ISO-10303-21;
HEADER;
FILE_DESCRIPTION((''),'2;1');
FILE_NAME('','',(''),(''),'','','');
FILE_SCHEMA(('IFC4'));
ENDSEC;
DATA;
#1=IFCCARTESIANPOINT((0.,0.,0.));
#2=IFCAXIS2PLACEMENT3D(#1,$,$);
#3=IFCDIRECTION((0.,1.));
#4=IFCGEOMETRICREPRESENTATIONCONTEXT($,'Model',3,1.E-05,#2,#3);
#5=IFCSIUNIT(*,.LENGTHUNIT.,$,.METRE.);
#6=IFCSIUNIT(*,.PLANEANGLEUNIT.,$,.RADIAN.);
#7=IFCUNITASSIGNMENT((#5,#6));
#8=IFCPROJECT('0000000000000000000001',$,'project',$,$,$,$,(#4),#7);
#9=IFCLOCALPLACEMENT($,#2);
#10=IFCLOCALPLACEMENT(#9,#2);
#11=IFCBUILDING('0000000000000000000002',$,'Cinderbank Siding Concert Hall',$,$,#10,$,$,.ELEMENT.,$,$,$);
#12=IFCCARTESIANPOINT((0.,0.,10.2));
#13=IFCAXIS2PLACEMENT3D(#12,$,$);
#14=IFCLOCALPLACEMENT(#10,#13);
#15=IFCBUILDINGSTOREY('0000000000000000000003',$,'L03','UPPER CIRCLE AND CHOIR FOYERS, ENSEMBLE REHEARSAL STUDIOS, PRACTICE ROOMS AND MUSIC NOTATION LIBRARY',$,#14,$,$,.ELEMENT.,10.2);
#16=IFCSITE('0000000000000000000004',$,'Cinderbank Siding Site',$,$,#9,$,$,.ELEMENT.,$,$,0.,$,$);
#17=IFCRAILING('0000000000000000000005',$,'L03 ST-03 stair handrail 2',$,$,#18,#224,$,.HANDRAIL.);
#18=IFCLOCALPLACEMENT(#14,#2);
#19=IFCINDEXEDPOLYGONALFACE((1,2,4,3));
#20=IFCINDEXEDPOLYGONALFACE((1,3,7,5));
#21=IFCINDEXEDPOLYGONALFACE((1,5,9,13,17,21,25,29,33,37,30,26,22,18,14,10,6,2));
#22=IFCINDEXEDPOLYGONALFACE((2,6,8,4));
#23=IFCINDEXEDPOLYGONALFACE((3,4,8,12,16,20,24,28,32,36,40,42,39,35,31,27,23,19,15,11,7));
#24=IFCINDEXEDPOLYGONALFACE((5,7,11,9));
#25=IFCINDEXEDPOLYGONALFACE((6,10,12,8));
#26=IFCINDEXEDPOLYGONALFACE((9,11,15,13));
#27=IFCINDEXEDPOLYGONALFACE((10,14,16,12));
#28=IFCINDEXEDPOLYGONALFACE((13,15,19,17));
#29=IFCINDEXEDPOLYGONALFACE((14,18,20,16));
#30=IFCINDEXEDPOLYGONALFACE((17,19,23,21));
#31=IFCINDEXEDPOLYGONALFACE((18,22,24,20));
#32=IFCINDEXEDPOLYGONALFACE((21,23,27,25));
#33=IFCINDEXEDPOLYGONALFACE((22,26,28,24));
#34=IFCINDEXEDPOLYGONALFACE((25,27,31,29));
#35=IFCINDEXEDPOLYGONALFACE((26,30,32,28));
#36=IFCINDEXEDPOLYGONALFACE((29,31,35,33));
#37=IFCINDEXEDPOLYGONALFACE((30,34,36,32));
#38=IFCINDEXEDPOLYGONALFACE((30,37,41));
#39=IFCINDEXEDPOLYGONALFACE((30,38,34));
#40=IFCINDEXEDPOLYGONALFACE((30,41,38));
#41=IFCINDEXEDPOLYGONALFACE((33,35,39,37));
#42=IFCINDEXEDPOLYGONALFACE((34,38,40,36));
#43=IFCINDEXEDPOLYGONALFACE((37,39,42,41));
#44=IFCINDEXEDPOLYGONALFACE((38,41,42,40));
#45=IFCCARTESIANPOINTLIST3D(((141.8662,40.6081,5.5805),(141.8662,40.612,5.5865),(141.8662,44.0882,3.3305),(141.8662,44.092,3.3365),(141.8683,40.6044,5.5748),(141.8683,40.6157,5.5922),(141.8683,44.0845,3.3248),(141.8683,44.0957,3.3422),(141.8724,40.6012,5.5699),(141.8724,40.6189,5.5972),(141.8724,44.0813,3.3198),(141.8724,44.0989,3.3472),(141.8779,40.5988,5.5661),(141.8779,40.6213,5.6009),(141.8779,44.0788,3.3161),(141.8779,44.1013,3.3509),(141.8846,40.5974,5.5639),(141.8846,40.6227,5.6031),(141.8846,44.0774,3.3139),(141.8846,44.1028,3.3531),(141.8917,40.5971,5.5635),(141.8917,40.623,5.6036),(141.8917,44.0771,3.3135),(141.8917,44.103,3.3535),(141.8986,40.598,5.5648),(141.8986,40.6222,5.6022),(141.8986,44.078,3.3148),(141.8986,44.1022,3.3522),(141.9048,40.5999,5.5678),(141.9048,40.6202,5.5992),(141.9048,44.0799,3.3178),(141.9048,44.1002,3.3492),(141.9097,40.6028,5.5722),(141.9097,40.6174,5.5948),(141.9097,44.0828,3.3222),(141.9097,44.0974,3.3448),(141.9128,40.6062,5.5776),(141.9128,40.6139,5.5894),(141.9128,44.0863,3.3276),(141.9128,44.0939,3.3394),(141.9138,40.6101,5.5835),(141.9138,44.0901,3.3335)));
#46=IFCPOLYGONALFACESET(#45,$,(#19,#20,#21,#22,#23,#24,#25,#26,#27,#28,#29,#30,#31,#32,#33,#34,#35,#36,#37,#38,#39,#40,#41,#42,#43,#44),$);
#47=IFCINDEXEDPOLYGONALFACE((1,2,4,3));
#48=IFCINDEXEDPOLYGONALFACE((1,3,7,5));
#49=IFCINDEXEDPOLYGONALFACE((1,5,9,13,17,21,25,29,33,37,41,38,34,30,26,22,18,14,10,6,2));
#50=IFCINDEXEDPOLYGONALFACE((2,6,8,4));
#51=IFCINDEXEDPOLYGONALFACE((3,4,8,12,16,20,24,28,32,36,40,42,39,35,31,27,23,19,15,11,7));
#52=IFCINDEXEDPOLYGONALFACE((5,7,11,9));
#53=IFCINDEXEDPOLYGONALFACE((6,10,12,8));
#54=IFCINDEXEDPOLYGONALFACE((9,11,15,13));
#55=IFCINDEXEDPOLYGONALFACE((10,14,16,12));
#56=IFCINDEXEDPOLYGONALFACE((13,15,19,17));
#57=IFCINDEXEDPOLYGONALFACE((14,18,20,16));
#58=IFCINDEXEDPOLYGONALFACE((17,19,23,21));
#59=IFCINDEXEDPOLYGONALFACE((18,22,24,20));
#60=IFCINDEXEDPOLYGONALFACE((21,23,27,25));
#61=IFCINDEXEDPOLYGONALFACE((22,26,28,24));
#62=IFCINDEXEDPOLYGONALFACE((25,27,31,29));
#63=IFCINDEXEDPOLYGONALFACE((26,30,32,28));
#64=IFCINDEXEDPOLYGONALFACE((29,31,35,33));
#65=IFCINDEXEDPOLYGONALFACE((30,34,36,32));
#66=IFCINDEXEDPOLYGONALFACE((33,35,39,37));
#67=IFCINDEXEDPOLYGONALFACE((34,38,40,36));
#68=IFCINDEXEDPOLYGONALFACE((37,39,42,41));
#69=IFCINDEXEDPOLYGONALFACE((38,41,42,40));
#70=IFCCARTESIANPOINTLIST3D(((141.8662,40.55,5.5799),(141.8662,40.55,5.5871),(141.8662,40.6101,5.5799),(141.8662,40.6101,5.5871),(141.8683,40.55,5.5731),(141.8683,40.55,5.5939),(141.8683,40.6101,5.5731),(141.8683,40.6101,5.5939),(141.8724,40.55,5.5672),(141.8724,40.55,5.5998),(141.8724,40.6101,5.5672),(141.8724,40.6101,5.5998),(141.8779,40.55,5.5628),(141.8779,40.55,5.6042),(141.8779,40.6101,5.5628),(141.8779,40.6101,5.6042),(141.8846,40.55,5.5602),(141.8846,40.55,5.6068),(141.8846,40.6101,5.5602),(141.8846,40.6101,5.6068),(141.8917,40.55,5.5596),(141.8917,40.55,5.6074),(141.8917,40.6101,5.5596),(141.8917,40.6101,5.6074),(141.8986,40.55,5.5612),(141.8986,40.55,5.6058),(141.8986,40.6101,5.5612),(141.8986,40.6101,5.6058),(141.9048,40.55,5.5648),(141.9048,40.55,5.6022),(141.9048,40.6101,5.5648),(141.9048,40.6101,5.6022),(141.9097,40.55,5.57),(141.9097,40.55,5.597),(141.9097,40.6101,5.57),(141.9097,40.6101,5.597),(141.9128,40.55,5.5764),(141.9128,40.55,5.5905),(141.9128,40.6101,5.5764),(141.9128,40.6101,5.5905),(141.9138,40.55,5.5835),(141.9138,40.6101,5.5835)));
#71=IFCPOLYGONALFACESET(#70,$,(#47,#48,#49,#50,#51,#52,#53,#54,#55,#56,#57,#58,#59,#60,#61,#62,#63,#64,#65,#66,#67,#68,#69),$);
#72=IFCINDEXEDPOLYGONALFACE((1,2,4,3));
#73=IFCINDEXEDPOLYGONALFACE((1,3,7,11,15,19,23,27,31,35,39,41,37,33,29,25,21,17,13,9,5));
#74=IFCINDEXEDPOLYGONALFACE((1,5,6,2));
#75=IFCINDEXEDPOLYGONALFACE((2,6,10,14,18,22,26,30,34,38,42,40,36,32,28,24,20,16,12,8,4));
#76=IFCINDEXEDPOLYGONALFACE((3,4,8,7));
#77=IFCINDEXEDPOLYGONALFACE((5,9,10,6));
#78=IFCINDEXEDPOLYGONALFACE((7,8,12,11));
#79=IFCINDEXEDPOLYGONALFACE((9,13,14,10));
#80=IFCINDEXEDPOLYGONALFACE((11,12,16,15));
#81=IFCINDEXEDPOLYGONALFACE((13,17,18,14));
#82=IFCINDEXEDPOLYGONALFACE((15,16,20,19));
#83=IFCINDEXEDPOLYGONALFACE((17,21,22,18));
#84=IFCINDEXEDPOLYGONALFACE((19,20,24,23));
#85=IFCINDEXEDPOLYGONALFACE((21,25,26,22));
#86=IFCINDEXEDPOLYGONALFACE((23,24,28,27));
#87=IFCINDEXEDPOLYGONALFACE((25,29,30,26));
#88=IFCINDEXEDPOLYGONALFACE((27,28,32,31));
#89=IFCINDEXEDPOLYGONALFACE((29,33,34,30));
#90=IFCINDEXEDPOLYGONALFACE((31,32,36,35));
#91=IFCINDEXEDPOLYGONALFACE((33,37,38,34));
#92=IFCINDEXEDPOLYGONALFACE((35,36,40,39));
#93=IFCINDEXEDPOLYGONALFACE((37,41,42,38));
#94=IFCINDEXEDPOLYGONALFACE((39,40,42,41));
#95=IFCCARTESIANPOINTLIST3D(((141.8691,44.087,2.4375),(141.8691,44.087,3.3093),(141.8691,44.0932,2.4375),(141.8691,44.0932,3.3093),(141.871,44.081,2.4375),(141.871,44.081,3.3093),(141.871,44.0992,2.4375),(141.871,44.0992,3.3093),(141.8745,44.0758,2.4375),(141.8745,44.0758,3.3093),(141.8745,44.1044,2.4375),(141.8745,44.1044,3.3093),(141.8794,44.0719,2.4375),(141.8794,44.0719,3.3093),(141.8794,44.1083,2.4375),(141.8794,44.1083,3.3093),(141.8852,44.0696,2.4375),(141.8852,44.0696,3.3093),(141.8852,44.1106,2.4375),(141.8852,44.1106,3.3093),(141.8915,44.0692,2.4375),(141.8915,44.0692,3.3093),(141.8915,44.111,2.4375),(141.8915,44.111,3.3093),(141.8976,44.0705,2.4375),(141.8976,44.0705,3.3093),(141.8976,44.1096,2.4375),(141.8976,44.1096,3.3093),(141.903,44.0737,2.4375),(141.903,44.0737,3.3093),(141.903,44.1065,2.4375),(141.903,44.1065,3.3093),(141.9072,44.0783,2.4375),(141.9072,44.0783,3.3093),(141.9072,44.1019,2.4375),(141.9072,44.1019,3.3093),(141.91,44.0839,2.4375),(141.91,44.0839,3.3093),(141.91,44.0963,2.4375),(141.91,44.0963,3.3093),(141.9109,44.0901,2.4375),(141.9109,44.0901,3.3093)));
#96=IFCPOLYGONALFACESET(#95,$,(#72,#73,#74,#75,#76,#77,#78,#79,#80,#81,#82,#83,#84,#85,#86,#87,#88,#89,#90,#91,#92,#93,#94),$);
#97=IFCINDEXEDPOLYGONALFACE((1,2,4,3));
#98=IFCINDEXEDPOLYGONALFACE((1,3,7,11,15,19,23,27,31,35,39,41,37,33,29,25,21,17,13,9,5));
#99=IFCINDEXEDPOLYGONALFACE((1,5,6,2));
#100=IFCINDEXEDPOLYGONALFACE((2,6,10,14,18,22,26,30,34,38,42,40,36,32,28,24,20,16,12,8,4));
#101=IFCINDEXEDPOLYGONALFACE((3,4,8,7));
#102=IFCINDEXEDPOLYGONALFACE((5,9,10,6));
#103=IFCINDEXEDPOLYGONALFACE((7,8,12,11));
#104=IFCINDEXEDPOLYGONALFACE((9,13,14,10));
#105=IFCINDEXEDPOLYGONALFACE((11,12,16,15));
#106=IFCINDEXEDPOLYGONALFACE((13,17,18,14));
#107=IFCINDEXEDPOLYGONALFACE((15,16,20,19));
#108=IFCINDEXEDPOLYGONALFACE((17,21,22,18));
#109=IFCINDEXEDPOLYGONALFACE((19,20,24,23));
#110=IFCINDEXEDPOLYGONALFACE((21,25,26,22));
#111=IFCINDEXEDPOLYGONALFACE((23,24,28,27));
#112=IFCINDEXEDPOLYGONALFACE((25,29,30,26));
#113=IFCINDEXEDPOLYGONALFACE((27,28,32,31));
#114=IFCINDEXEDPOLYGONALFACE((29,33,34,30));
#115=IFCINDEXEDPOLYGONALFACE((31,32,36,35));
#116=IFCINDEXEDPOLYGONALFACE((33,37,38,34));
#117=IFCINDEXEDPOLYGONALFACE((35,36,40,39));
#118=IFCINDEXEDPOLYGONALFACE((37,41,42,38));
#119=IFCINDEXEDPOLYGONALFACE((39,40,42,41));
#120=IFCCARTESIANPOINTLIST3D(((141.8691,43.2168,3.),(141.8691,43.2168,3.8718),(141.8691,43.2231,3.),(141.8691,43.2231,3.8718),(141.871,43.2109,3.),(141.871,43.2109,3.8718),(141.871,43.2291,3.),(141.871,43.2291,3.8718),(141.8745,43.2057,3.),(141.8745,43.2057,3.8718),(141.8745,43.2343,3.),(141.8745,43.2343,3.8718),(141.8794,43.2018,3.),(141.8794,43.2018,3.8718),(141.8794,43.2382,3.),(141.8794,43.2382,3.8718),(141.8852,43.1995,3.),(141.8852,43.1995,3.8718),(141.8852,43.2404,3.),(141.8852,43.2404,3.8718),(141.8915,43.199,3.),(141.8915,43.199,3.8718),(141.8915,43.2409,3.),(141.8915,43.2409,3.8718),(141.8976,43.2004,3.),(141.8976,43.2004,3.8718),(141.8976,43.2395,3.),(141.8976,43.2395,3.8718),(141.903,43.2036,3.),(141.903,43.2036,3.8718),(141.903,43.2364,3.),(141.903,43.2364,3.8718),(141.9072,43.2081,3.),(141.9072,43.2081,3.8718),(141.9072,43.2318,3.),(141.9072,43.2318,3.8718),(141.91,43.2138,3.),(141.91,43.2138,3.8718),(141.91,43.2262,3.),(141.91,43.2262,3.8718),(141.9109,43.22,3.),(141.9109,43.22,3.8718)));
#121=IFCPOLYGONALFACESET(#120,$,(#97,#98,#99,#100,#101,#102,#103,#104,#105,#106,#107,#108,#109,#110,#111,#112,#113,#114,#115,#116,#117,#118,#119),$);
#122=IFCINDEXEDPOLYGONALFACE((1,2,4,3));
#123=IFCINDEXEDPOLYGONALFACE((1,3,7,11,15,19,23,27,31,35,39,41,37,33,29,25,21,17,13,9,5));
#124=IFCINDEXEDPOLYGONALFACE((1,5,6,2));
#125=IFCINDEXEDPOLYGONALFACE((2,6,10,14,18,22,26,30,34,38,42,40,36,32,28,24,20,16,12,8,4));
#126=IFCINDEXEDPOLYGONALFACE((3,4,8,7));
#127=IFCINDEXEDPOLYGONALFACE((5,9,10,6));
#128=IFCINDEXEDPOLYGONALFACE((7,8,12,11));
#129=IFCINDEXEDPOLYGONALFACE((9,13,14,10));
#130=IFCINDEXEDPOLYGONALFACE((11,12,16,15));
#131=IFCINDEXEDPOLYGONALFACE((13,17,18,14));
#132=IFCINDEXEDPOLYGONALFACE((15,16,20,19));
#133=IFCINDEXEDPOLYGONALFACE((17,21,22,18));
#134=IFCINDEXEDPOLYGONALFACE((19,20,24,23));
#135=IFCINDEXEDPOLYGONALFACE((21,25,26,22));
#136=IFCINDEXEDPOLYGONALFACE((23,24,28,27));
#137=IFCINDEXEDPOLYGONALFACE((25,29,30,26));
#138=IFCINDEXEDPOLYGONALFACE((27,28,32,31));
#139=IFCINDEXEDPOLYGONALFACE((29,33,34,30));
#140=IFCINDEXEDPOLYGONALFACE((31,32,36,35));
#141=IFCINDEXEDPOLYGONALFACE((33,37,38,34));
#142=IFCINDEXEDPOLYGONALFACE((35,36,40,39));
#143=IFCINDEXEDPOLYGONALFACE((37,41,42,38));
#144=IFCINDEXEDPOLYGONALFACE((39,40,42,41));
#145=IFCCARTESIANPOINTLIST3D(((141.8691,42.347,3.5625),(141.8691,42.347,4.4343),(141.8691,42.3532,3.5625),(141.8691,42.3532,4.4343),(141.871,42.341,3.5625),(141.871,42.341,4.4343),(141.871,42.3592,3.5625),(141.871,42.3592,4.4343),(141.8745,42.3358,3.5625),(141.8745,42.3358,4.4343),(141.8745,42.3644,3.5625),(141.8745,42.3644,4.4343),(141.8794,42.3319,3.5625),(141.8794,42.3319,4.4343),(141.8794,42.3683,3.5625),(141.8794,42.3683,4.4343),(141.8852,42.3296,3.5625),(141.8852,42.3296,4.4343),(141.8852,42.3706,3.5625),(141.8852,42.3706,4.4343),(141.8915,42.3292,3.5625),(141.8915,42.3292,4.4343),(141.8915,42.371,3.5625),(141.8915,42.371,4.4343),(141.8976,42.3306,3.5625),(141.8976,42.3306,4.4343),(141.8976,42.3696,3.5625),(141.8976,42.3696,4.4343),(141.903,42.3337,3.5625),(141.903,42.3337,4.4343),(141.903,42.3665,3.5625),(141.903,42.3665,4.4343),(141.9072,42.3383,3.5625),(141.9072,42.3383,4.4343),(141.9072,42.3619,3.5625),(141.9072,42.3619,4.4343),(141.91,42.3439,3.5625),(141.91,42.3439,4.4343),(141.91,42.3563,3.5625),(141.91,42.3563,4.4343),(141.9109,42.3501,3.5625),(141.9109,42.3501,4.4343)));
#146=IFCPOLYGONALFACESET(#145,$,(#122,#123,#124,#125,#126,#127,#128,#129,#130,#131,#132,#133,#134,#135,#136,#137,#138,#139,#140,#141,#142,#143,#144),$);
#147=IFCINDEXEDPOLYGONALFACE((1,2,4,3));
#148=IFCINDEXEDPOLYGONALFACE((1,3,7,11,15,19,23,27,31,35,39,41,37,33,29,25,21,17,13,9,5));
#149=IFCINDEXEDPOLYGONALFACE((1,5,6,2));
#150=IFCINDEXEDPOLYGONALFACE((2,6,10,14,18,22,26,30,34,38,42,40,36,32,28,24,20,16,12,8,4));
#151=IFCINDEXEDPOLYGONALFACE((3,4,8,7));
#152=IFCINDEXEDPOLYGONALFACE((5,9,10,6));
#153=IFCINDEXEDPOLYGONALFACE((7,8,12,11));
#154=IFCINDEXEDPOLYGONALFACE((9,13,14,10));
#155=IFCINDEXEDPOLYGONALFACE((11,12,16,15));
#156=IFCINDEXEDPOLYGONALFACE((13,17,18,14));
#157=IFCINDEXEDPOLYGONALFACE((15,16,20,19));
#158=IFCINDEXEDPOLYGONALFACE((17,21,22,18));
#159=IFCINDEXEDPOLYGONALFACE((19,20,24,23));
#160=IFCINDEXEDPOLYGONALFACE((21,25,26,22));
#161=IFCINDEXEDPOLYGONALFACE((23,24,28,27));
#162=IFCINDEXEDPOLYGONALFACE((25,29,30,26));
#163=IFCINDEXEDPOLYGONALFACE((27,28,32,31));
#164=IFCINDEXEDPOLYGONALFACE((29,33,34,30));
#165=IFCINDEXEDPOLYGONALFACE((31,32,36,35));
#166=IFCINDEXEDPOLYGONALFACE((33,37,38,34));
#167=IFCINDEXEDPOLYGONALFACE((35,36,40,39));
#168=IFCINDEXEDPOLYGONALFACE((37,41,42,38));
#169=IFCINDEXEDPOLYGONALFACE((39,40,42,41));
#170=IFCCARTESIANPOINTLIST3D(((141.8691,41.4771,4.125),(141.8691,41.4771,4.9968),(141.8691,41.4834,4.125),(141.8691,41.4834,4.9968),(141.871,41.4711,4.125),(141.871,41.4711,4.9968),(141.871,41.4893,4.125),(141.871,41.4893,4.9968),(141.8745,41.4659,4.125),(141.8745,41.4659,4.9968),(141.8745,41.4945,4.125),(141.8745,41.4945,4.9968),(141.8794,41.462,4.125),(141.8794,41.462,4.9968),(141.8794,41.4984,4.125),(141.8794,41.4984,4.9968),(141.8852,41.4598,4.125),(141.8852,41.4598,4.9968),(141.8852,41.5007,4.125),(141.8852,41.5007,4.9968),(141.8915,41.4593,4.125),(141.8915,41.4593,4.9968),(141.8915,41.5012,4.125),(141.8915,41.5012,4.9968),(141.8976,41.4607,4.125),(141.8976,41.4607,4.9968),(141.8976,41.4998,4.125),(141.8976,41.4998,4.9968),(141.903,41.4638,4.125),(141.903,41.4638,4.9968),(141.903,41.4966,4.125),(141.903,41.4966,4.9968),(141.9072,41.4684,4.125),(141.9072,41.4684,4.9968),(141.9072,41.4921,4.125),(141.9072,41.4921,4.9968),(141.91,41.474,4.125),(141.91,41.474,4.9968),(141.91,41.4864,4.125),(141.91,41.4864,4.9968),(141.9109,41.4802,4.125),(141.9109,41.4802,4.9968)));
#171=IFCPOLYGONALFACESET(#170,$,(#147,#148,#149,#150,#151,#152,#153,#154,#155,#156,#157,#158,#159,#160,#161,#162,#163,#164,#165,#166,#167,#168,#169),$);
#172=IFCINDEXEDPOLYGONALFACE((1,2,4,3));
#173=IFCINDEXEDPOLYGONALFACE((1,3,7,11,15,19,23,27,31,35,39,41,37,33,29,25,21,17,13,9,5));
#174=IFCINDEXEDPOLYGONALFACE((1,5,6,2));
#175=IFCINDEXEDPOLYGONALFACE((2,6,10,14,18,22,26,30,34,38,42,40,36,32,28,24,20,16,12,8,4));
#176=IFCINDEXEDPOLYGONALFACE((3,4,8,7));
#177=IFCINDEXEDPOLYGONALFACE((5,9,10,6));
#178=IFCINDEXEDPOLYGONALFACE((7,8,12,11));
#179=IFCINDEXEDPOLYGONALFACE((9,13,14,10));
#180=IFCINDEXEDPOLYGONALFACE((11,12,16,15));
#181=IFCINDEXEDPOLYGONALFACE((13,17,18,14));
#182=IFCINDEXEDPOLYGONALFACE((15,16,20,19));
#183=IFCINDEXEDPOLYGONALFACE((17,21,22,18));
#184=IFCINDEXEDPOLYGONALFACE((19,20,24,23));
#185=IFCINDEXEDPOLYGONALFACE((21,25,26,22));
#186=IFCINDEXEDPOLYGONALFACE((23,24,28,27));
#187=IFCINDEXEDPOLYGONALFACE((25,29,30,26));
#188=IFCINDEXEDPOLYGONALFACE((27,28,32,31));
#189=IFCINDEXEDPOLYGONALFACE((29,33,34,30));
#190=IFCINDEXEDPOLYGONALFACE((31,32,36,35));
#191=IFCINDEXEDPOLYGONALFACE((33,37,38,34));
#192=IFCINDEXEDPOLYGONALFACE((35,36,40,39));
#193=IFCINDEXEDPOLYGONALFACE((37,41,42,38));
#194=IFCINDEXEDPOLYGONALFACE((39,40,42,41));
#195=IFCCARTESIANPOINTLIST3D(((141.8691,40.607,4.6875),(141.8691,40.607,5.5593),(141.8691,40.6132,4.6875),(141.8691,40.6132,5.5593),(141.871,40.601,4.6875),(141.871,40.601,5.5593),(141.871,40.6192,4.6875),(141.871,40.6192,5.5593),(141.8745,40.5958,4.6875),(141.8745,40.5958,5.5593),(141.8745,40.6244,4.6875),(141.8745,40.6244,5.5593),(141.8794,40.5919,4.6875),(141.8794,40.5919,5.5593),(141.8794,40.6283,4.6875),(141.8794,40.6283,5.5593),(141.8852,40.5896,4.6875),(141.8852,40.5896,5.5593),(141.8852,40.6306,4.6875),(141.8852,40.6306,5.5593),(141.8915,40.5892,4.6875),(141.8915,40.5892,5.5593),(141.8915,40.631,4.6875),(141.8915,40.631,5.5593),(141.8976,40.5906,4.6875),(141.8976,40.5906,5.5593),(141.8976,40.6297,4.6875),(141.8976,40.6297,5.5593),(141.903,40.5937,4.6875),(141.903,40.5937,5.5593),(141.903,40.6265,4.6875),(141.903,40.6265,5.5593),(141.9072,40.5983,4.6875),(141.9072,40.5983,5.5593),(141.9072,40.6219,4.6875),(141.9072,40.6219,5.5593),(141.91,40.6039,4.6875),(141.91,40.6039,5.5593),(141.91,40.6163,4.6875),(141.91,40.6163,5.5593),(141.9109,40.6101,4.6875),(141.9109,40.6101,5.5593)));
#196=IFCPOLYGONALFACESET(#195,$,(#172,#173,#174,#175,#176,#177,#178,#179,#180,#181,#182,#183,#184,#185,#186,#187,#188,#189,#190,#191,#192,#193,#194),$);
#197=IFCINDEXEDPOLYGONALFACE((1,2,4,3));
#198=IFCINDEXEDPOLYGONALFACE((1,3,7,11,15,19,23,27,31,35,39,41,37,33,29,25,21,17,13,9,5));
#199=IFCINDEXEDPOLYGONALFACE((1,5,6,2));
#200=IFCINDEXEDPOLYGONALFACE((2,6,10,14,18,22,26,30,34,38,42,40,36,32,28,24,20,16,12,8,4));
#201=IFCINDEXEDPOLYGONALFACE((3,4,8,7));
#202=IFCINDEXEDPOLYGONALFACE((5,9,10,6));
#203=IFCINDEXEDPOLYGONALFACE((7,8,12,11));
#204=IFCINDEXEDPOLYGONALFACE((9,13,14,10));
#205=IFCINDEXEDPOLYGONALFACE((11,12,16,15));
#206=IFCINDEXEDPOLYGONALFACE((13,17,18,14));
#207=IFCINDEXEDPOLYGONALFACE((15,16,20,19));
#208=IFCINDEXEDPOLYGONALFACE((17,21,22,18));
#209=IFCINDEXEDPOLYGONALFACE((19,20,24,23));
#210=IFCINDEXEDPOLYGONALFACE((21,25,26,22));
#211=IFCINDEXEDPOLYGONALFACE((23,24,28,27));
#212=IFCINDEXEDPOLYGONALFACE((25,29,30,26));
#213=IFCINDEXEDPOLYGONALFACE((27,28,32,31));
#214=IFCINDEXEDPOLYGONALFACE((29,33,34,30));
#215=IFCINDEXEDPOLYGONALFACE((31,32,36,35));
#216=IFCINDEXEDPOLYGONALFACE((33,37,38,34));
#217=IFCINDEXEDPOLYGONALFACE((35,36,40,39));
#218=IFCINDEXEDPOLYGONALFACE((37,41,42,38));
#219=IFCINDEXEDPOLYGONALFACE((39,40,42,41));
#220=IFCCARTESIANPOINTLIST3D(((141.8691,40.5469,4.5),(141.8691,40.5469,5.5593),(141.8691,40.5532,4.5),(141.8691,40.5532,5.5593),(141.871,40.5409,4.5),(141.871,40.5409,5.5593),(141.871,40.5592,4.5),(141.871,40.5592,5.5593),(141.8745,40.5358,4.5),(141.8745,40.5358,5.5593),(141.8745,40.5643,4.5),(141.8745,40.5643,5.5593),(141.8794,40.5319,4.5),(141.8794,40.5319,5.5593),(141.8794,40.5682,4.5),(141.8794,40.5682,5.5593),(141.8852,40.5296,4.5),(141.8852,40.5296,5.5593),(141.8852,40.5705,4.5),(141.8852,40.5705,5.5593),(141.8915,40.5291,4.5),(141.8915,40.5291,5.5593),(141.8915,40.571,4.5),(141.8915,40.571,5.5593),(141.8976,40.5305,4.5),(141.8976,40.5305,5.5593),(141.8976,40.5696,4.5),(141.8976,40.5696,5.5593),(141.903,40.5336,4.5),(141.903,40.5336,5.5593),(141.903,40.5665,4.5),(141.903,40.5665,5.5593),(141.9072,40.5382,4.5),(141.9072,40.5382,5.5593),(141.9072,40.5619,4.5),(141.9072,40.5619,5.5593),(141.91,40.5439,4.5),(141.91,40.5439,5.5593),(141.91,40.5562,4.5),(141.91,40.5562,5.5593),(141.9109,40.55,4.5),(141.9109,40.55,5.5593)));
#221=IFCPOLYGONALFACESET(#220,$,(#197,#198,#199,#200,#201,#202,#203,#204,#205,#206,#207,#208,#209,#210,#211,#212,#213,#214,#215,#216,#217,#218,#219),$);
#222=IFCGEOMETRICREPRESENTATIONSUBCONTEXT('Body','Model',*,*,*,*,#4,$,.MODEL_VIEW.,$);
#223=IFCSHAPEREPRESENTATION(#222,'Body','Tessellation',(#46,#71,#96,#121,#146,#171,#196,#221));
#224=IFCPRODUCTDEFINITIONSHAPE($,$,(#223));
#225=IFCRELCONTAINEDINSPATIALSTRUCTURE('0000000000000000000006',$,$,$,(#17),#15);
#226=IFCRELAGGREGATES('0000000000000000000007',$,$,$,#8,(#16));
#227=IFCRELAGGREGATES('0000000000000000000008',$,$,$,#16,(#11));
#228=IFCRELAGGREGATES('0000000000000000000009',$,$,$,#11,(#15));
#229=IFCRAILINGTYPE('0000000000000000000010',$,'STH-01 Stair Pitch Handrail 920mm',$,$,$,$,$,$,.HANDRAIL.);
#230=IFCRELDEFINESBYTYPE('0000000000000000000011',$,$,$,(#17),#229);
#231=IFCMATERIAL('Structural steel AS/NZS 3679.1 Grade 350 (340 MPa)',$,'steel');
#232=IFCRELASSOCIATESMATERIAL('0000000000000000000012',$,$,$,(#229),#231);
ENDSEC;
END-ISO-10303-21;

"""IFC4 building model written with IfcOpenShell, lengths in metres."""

from ifc_helpers import new_model, si_unit, direction, frame, origin, origin_2d, place, context, subcontext, project, spatial, circle, extrude, material, type_object, element, save


model = new_model("IFC4")

# Units and contexts
model_context = context("Model", 3, precision=1e-05, world=origin(), true_north=direction((0.0, 1.0)))
body_context = subcontext(model_context, "Body", "Model", "MODEL_VIEW")
ifc_project = project(units=[si_unit("LENGTHUNIT", "METRE"), si_unit("PLANEANGLEUNIT", "RADIAN")], contexts=[model_context])

# Site, building, storey
site_placement = place(None, origin())
site = spatial("IfcSite", under=ifc_project, at=site_placement, Name="Cinderbank Siding Site", CompositionType="ELEMENT", RefElevation=0.0)
building_placement = place(site_placement, origin())
building = spatial("IfcBuilding", under=site, at=building_placement, Name="Cinderbank Siding Concert Hall", CompositionType="ELEMENT")
storey_placement = place(building_placement, frame((0.0, 0.0, 10.2)))
storey = spatial("IfcBuildingStorey", under=building, at=storey_placement, Name="L03", Description="UPPER CIRCLE AND CHOIR FOYERS, ENSEMBLE REHEARSAL STUDIOS, PRACTICE ROOMS AND MUSIC NOTATION LIBRARY", CompositionType="ELEMENT", Elevation=10.2)

# Shared definitions
ifc_material_1 = material(Name="Structural steel AS/NZS 3679.1 Grade 350 (340 MPa)", Category="steel")

# Railing
railing_type_1 = type_object("IfcRailingType", Name="STH-01 Stair Pitch Handrail 920mm", PredefinedType="HANDRAIL", material=ifc_material_1)
railing_1_placement = place(storey_placement, frame((141.8899, 44.0901, 2.4375)))
element("IfcRailing", 1, at=railing_1_placement, inside=storey, type_object=railing_type_1, Name="L03 ST-03 stair handrail 2", PredefinedType="HANDRAIL", context=body_context, shape_type="SweptSolid", body=[
    extrude(circle(Radius=0.0239, at=origin_2d()), frame((0.0, 0.0, 0.896), z_axis=(0.0, -0.839763, 0.542953), x_axis=(1.0, 0.0, 0.0)), (0.0, 0.0, 1.0), 4.144),
    extrude(circle(Radius=0.0239, at=origin_2d()), frame((0.0, -3.48, 3.146), z_axis=(0.0, -1.0, 0.0), x_axis=(1.0, 0.0, 0.0)), (0.0, 0.0, 1.0), 0.0601),
    extrude(circle(Radius=0.021, at=origin_2d()), origin(), (0.0, 0.0, 1.0), 0.8718),
    extrude(circle(Radius=0.021, at=origin_2d()), frame((0.0, -0.8701, 0.5625)), (0.0, 0.0, 1.0), 0.8718),
    extrude(circle(Radius=0.021, at=origin_2d()), frame((0.0, -1.74, 1.125)), (0.0, 0.0, 1.0), 0.8718),
    extrude(circle(Radius=0.021, at=origin_2d()), frame((0.0, -2.6099, 1.6875)), (0.0, 0.0, 1.0), 0.8718),
    extrude(circle(Radius=0.021, at=origin_2d()), frame((0.0, -3.48, 2.25)), (0.0, 0.0, 1.0), 0.8718),
    extrude(circle(Radius=0.021, at=origin_2d()), frame((0.0, -3.54, 2.0625)), (0.0, 0.0, 1.0), 1.0593),
])

save(model, "model.ifc")
